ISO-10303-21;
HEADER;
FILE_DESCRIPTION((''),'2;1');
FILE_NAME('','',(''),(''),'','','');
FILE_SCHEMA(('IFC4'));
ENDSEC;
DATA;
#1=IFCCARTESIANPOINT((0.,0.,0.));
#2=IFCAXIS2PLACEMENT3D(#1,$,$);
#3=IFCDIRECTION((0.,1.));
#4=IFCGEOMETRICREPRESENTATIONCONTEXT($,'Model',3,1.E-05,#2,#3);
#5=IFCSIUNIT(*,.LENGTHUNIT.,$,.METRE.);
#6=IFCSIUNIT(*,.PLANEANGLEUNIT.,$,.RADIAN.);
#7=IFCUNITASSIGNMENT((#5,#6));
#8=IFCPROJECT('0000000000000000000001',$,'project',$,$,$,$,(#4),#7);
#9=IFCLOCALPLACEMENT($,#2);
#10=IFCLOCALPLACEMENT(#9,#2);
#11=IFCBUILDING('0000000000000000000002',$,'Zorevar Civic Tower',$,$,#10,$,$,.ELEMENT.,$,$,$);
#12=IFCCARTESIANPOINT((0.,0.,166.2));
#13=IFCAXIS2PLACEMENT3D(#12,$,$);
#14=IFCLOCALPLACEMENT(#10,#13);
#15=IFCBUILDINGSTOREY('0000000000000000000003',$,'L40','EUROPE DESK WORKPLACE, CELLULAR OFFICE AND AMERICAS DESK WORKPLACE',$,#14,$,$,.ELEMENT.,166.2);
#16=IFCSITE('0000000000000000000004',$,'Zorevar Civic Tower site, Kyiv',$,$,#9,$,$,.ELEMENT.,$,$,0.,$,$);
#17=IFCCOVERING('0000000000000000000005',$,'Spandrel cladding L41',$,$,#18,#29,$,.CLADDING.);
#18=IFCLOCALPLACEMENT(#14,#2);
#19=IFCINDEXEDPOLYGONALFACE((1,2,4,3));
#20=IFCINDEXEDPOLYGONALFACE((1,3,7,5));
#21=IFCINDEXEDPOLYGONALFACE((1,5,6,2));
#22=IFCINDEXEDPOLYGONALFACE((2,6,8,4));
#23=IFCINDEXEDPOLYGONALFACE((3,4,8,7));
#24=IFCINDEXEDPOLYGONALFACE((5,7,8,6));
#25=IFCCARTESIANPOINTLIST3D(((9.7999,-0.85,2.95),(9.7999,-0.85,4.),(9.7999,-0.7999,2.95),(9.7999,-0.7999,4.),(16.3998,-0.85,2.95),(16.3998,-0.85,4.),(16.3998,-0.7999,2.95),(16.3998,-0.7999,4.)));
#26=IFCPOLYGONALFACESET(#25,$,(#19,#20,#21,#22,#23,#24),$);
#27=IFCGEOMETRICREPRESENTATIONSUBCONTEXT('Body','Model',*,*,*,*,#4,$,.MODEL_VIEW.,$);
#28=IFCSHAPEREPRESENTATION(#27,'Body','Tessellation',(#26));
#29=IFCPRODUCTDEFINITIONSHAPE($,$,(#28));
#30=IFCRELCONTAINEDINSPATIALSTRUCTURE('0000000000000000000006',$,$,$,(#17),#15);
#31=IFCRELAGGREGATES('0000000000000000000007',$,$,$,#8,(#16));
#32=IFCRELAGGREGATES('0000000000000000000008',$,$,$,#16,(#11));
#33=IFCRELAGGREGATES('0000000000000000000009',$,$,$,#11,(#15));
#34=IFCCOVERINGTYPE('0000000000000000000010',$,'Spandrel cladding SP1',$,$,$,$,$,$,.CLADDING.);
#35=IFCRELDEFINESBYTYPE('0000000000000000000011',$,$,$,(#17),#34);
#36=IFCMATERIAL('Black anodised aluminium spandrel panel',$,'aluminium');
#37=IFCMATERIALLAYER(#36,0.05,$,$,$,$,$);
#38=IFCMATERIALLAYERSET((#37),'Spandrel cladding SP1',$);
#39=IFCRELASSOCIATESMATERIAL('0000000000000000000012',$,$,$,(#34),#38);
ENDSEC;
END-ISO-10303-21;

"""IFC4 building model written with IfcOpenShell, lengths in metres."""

from ifc_helpers import new_model, si_unit, direction, frame, frame_2d, origin, place, context, subcontext, project, spatial, rectangle, extrude, material, layer, layer_set, type_object, element, save


model = new_model("IFC4")

# Units and contexts
model_context = context("Model", 3, precision=1e-05, world=origin(), true_north=direction((0.0, 1.0)))
body_context = subcontext(model_context, "Body", "Model", "MODEL_VIEW")
ifc_project = project(units=[si_unit("LENGTHUNIT", "METRE"), si_unit("PLANEANGLEUNIT", "RADIAN")], contexts=[model_context])

# Site, building, storey
site_placement = place(None, origin())
site = spatial("IfcSite", under=ifc_project, at=site_placement, Name="Zorevar Civic Tower site, Kyiv", CompositionType="ELEMENT", RefElevation=0.0)
building_placement = place(site_placement, origin())
building = spatial("IfcBuilding", under=site, at=building_placement, Name="Zorevar Civic Tower", CompositionType="ELEMENT")
storey_placement = place(building_placement, frame((0.0, 0.0, 166.2)))
storey = spatial("IfcBuildingStorey", under=building, at=storey_placement, Name="L40", Description="EUROPE DESK WORKPLACE, CELLULAR OFFICE AND AMERICAS DESK WORKPLACE", CompositionType="ELEMENT", Elevation=166.2)

# Covering
ifc_material_1 = material(Name="Black anodised aluminium spandrel panel", Category="aluminium")
ifc_layer_1 = layer(ifc_material_1, 0.05)
ifc_layer_set_1 = layer_set([ifc_layer_1], Name="Spandrel cladding SP1")
covering_type = type_object("IfcCoveringType", Name="Spandrel cladding SP1", PredefinedType="CLADDING", material=ifc_layer_set_1)
covering_placement = place(storey_placement, frame((9.8, -0.825, 2.95), z_axis=(0.0, 0.0, 1.0), x_axis=(1.0, 0.0, 0.0)))
element("IfcCovering", 1, at=covering_placement, inside=storey, type_object=covering_type, Name="Spandrel cladding L41", PredefinedType="CLADDING", context=body_context, shape_type="SweptSolid", body=[
    extrude(rectangle(XDim=6.5999, YDim=0.05, at=frame_2d((3.2998, 0.0))), origin(), (0.0, 0.0, 1.0), 1.05),
])

save(model, "model.ifc")
